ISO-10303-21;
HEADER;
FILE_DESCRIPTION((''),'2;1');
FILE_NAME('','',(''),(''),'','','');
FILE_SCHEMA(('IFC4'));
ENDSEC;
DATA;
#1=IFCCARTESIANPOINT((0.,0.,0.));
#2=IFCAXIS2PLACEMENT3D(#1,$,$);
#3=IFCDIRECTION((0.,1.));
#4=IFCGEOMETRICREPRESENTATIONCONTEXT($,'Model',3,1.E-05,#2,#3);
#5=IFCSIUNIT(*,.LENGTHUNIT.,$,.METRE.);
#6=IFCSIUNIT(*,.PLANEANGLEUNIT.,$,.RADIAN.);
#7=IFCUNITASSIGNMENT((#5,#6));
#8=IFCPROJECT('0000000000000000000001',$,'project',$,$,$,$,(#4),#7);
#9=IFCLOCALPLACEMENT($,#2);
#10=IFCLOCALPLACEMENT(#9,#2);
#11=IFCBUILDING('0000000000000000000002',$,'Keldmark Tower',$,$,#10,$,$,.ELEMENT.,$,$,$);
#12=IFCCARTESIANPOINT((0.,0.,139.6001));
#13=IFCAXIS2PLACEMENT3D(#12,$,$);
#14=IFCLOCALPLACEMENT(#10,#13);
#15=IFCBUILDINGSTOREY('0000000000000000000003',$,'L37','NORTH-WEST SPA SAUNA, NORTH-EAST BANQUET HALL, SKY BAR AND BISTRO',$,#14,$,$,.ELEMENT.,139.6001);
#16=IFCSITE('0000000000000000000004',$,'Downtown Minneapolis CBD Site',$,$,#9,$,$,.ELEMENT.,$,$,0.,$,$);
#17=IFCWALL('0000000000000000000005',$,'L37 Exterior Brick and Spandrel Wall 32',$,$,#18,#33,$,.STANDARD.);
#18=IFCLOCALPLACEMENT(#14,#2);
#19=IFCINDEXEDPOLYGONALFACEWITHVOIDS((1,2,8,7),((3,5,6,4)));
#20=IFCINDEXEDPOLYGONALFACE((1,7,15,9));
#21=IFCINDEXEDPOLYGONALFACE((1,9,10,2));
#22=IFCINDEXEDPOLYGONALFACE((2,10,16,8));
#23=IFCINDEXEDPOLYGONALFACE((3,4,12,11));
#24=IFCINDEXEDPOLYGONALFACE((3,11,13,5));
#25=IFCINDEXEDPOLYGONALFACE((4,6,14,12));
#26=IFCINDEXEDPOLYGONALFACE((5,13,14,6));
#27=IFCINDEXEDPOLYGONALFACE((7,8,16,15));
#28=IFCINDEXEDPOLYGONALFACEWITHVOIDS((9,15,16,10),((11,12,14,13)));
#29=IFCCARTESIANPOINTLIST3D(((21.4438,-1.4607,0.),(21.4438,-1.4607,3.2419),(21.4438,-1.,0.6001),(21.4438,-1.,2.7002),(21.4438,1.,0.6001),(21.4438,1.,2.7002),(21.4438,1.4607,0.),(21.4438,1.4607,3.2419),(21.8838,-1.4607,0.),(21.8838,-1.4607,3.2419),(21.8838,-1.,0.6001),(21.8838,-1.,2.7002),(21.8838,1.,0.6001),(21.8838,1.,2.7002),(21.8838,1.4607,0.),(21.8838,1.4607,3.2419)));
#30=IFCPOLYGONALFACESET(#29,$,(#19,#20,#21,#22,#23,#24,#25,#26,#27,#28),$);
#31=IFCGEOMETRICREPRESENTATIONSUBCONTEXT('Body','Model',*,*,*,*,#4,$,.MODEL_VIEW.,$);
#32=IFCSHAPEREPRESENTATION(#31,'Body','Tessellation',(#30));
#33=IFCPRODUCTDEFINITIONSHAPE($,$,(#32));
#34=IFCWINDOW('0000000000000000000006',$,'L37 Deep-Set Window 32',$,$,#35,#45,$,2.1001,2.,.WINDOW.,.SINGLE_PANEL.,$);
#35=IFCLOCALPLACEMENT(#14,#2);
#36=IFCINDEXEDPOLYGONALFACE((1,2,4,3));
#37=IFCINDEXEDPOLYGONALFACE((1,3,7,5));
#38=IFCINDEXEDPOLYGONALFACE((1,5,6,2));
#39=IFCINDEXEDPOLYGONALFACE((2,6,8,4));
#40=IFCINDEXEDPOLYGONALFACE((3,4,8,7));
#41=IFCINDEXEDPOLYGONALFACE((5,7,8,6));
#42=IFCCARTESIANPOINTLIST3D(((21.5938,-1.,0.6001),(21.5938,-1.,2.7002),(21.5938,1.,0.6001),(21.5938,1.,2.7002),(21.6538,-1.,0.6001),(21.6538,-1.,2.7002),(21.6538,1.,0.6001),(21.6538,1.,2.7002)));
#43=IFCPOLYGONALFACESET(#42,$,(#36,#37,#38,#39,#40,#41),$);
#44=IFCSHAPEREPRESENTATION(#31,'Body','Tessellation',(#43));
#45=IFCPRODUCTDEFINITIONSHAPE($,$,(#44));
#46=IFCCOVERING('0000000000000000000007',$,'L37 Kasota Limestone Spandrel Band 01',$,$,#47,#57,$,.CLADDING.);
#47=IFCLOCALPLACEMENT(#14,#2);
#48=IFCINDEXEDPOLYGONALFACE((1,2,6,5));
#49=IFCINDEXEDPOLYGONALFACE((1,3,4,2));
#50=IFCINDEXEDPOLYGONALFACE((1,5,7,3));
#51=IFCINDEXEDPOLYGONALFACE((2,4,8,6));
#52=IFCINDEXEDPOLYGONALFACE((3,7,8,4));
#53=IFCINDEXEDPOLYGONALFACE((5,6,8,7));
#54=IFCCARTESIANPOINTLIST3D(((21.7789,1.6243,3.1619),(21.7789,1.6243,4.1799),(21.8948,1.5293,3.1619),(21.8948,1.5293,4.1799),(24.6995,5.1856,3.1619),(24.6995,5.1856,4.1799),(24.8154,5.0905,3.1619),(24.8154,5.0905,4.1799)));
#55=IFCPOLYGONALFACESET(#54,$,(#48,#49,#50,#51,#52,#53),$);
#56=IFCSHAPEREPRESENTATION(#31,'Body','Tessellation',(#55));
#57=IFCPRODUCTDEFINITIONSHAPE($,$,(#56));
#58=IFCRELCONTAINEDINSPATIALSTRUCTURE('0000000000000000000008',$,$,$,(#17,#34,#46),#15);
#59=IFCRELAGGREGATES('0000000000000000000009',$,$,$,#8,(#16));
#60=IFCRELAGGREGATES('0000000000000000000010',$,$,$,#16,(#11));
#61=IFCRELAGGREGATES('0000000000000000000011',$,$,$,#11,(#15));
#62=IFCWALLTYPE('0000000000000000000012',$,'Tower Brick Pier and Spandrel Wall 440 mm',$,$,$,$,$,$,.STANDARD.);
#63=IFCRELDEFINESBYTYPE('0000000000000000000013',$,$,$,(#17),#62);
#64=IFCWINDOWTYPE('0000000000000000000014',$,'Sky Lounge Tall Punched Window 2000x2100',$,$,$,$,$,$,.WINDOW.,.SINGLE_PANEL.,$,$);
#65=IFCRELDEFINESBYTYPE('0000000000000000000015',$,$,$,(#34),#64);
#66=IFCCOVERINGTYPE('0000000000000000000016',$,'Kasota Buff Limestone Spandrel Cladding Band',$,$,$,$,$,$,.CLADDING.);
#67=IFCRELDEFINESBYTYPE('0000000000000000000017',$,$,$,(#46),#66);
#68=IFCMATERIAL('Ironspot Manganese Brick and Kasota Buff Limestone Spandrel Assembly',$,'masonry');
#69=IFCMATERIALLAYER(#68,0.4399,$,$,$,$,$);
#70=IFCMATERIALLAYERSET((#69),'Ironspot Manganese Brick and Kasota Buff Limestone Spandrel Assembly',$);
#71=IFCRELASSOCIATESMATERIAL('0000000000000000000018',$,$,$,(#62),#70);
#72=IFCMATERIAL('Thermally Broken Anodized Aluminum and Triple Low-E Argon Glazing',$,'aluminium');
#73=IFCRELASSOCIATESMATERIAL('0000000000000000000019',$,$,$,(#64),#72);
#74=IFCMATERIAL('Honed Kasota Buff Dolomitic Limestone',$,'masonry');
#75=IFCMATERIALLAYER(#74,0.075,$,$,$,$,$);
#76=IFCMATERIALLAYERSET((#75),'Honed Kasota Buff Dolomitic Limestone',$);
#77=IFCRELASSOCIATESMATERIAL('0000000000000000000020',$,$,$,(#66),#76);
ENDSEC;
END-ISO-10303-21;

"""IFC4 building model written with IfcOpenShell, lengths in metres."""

from ifc_helpers import new_model, si_unit, direction, frame, frame_2d, origin, origin_2d, place, context, subcontext, project, spatial, rectangle, extrude, material, layer, layer_set, type_object, element, fill, save


model = new_model("IFC4")

# Units and contexts
model_context = context("Model", 3, precision=1e-05, world=origin(), true_north=direction((0.0, 1.0)))
body_context = subcontext(model_context, "Body", "Model", "MODEL_VIEW")
ifc_project = project(units=[si_unit("LENGTHUNIT", "METRE"), si_unit("PLANEANGLEUNIT", "RADIAN")], contexts=[model_context])

# Site, building, storey
site_placement = place(None, origin())
site = spatial("IfcSite", under=ifc_project, at=site_placement, Name="Downtown Minneapolis CBD Site", CompositionType="ELEMENT", RefElevation=0.0)
building_placement = place(site_placement, origin())
building = spatial("IfcBuilding", under=site, at=building_placement, Name="Keldmark Tower", CompositionType="ELEMENT")
storey_placement = place(building_placement, frame((0.0, 0.0, 139.6001)))
storey = spatial("IfcBuildingStorey", under=building, at=storey_placement, Name="L37", Description="NORTH-WEST SPA SAUNA, NORTH-EAST BANQUET HALL, SKY BAR AND BISTRO", CompositionType="ELEMENT", Elevation=139.6001)

# Shared definitions
ifc_material_1 = material(Name="Ironspot Manganese Brick and Kasota Buff Limestone Spandrel Assembly", Category="masonry")
ifc_layer_1 = layer(ifc_material_1, 0.4399)
ifc_layer_set_1 = layer_set([ifc_layer_1], Name="Ironspot Manganese Brick and Kasota Buff Limestone Spandrel Assembly")
wall_type_1 = type_object("IfcWallType", Name="Tower Brick Pier and Spandrel Wall 440 mm", PredefinedType="STANDARD", material=ifc_layer_set_1)

# Wall, opening, window
wall_1_placement = place(storey_placement, frame((21.6638, 1.4607, 0.0), z_axis=(0.0, 0.0, 1.0), x_axis=(0.0, -1.0, 0.0)))
wall_1 = element("IfcWall", 1, at=wall_1_placement, inside=storey, type_object=wall_type_1, Name="L37 Exterior Brick and Spandrel Wall 32", PredefinedType="STANDARD", context=body_context, shape_type="SweptSolid", body=[
    extrude(rectangle(XDim=2.9214, YDim=0.4399, at=frame_2d((1.4607, 0.0))), origin(), (0.0, 0.0, 1.0), 3.2419),
])
opening_1_placement = place(wall_1_placement, frame((0.4607, 0.0, 0.6001)))
opening_1 = element("IfcOpeningElement", 2, at=opening_1_placement, cuts=wall_1, PredefinedType="OPENING", context=body_context, shape_type="SweptSolid", body=[
    extrude(rectangle(XDim=2.0, YDim=2.1001, at=frame_2d((1.0, 1.05))), frame((0.0, 0.23, 0.0), z_axis=(0.0, -1.0, 0.0), x_axis=(1.0, 0.0, 0.0)), (0.0, 0.0, 1.0), 0.46),
])
ifc_material_2 = material(Name="Thermally Broken Anodized Aluminum and Triple Low-E Argon Glazing", Category="aluminium")
window_type = type_object("IfcWindowType", Name="Sky Lounge Tall Punched Window 2000x2100", PartitioningType="SINGLE_PANEL", PredefinedType="WINDOW", material=ifc_material_2)
window_placement = place(opening_1_placement, origin())
window = element("IfcWindow", 3, at=window_placement, inside=storey, type_object=window_type, Name="L37 Deep-Set Window 32", OverallHeight=2.1001, OverallWidth=2.0, PartitioningType="SINGLE_PANEL", PredefinedType="WINDOW", context=body_context, shape_type="SweptSolid", body=[
    extrude(rectangle(XDim=2.0, YDim=2.1001, at=frame_2d((1.0, 1.05))), frame((0.0, -0.01, 0.0), z_axis=(0.0, -1.0, 0.0), x_axis=(1.0, 0.0, 0.0)), (0.0, 0.0, 1.0), 0.0601),
])
fill(opening_1, window)

# Covering
ifc_material_3 = material(Name="Honed Kasota Buff Dolomitic Limestone", Category="masonry")
ifc_layer_2 = layer(ifc_material_3, 0.075)
ifc_layer_set_2 = layer_set([ifc_layer_2], Name="Honed Kasota Buff Dolomitic Limestone")
covering_type = type_object("IfcCoveringType", Name="Kasota Buff Limestone Spandrel Cladding Band", PredefinedType="CLADDING", material=ifc_layer_set_2)
covering_placement = place(storey_placement, frame((23.2971, 3.3574, 3.1619), z_axis=(0.0, 0.0, 1.0), x_axis=(0.634123, 0.773232, 0.0)))
element("IfcCovering", 4, at=covering_placement, inside=storey, type_object=covering_type, Name="L37 Kasota Limestone Spandrel Band 01", PredefinedType="CLADDING", context=body_context, shape_type="SweptSolid", body=[
    extrude(rectangle(XDim=4.6057, YDim=0.1499, at=origin_2d()), origin(), (0.0, 0.0, 1.0), 1.0181),
])

save(model, "model.ifc")
